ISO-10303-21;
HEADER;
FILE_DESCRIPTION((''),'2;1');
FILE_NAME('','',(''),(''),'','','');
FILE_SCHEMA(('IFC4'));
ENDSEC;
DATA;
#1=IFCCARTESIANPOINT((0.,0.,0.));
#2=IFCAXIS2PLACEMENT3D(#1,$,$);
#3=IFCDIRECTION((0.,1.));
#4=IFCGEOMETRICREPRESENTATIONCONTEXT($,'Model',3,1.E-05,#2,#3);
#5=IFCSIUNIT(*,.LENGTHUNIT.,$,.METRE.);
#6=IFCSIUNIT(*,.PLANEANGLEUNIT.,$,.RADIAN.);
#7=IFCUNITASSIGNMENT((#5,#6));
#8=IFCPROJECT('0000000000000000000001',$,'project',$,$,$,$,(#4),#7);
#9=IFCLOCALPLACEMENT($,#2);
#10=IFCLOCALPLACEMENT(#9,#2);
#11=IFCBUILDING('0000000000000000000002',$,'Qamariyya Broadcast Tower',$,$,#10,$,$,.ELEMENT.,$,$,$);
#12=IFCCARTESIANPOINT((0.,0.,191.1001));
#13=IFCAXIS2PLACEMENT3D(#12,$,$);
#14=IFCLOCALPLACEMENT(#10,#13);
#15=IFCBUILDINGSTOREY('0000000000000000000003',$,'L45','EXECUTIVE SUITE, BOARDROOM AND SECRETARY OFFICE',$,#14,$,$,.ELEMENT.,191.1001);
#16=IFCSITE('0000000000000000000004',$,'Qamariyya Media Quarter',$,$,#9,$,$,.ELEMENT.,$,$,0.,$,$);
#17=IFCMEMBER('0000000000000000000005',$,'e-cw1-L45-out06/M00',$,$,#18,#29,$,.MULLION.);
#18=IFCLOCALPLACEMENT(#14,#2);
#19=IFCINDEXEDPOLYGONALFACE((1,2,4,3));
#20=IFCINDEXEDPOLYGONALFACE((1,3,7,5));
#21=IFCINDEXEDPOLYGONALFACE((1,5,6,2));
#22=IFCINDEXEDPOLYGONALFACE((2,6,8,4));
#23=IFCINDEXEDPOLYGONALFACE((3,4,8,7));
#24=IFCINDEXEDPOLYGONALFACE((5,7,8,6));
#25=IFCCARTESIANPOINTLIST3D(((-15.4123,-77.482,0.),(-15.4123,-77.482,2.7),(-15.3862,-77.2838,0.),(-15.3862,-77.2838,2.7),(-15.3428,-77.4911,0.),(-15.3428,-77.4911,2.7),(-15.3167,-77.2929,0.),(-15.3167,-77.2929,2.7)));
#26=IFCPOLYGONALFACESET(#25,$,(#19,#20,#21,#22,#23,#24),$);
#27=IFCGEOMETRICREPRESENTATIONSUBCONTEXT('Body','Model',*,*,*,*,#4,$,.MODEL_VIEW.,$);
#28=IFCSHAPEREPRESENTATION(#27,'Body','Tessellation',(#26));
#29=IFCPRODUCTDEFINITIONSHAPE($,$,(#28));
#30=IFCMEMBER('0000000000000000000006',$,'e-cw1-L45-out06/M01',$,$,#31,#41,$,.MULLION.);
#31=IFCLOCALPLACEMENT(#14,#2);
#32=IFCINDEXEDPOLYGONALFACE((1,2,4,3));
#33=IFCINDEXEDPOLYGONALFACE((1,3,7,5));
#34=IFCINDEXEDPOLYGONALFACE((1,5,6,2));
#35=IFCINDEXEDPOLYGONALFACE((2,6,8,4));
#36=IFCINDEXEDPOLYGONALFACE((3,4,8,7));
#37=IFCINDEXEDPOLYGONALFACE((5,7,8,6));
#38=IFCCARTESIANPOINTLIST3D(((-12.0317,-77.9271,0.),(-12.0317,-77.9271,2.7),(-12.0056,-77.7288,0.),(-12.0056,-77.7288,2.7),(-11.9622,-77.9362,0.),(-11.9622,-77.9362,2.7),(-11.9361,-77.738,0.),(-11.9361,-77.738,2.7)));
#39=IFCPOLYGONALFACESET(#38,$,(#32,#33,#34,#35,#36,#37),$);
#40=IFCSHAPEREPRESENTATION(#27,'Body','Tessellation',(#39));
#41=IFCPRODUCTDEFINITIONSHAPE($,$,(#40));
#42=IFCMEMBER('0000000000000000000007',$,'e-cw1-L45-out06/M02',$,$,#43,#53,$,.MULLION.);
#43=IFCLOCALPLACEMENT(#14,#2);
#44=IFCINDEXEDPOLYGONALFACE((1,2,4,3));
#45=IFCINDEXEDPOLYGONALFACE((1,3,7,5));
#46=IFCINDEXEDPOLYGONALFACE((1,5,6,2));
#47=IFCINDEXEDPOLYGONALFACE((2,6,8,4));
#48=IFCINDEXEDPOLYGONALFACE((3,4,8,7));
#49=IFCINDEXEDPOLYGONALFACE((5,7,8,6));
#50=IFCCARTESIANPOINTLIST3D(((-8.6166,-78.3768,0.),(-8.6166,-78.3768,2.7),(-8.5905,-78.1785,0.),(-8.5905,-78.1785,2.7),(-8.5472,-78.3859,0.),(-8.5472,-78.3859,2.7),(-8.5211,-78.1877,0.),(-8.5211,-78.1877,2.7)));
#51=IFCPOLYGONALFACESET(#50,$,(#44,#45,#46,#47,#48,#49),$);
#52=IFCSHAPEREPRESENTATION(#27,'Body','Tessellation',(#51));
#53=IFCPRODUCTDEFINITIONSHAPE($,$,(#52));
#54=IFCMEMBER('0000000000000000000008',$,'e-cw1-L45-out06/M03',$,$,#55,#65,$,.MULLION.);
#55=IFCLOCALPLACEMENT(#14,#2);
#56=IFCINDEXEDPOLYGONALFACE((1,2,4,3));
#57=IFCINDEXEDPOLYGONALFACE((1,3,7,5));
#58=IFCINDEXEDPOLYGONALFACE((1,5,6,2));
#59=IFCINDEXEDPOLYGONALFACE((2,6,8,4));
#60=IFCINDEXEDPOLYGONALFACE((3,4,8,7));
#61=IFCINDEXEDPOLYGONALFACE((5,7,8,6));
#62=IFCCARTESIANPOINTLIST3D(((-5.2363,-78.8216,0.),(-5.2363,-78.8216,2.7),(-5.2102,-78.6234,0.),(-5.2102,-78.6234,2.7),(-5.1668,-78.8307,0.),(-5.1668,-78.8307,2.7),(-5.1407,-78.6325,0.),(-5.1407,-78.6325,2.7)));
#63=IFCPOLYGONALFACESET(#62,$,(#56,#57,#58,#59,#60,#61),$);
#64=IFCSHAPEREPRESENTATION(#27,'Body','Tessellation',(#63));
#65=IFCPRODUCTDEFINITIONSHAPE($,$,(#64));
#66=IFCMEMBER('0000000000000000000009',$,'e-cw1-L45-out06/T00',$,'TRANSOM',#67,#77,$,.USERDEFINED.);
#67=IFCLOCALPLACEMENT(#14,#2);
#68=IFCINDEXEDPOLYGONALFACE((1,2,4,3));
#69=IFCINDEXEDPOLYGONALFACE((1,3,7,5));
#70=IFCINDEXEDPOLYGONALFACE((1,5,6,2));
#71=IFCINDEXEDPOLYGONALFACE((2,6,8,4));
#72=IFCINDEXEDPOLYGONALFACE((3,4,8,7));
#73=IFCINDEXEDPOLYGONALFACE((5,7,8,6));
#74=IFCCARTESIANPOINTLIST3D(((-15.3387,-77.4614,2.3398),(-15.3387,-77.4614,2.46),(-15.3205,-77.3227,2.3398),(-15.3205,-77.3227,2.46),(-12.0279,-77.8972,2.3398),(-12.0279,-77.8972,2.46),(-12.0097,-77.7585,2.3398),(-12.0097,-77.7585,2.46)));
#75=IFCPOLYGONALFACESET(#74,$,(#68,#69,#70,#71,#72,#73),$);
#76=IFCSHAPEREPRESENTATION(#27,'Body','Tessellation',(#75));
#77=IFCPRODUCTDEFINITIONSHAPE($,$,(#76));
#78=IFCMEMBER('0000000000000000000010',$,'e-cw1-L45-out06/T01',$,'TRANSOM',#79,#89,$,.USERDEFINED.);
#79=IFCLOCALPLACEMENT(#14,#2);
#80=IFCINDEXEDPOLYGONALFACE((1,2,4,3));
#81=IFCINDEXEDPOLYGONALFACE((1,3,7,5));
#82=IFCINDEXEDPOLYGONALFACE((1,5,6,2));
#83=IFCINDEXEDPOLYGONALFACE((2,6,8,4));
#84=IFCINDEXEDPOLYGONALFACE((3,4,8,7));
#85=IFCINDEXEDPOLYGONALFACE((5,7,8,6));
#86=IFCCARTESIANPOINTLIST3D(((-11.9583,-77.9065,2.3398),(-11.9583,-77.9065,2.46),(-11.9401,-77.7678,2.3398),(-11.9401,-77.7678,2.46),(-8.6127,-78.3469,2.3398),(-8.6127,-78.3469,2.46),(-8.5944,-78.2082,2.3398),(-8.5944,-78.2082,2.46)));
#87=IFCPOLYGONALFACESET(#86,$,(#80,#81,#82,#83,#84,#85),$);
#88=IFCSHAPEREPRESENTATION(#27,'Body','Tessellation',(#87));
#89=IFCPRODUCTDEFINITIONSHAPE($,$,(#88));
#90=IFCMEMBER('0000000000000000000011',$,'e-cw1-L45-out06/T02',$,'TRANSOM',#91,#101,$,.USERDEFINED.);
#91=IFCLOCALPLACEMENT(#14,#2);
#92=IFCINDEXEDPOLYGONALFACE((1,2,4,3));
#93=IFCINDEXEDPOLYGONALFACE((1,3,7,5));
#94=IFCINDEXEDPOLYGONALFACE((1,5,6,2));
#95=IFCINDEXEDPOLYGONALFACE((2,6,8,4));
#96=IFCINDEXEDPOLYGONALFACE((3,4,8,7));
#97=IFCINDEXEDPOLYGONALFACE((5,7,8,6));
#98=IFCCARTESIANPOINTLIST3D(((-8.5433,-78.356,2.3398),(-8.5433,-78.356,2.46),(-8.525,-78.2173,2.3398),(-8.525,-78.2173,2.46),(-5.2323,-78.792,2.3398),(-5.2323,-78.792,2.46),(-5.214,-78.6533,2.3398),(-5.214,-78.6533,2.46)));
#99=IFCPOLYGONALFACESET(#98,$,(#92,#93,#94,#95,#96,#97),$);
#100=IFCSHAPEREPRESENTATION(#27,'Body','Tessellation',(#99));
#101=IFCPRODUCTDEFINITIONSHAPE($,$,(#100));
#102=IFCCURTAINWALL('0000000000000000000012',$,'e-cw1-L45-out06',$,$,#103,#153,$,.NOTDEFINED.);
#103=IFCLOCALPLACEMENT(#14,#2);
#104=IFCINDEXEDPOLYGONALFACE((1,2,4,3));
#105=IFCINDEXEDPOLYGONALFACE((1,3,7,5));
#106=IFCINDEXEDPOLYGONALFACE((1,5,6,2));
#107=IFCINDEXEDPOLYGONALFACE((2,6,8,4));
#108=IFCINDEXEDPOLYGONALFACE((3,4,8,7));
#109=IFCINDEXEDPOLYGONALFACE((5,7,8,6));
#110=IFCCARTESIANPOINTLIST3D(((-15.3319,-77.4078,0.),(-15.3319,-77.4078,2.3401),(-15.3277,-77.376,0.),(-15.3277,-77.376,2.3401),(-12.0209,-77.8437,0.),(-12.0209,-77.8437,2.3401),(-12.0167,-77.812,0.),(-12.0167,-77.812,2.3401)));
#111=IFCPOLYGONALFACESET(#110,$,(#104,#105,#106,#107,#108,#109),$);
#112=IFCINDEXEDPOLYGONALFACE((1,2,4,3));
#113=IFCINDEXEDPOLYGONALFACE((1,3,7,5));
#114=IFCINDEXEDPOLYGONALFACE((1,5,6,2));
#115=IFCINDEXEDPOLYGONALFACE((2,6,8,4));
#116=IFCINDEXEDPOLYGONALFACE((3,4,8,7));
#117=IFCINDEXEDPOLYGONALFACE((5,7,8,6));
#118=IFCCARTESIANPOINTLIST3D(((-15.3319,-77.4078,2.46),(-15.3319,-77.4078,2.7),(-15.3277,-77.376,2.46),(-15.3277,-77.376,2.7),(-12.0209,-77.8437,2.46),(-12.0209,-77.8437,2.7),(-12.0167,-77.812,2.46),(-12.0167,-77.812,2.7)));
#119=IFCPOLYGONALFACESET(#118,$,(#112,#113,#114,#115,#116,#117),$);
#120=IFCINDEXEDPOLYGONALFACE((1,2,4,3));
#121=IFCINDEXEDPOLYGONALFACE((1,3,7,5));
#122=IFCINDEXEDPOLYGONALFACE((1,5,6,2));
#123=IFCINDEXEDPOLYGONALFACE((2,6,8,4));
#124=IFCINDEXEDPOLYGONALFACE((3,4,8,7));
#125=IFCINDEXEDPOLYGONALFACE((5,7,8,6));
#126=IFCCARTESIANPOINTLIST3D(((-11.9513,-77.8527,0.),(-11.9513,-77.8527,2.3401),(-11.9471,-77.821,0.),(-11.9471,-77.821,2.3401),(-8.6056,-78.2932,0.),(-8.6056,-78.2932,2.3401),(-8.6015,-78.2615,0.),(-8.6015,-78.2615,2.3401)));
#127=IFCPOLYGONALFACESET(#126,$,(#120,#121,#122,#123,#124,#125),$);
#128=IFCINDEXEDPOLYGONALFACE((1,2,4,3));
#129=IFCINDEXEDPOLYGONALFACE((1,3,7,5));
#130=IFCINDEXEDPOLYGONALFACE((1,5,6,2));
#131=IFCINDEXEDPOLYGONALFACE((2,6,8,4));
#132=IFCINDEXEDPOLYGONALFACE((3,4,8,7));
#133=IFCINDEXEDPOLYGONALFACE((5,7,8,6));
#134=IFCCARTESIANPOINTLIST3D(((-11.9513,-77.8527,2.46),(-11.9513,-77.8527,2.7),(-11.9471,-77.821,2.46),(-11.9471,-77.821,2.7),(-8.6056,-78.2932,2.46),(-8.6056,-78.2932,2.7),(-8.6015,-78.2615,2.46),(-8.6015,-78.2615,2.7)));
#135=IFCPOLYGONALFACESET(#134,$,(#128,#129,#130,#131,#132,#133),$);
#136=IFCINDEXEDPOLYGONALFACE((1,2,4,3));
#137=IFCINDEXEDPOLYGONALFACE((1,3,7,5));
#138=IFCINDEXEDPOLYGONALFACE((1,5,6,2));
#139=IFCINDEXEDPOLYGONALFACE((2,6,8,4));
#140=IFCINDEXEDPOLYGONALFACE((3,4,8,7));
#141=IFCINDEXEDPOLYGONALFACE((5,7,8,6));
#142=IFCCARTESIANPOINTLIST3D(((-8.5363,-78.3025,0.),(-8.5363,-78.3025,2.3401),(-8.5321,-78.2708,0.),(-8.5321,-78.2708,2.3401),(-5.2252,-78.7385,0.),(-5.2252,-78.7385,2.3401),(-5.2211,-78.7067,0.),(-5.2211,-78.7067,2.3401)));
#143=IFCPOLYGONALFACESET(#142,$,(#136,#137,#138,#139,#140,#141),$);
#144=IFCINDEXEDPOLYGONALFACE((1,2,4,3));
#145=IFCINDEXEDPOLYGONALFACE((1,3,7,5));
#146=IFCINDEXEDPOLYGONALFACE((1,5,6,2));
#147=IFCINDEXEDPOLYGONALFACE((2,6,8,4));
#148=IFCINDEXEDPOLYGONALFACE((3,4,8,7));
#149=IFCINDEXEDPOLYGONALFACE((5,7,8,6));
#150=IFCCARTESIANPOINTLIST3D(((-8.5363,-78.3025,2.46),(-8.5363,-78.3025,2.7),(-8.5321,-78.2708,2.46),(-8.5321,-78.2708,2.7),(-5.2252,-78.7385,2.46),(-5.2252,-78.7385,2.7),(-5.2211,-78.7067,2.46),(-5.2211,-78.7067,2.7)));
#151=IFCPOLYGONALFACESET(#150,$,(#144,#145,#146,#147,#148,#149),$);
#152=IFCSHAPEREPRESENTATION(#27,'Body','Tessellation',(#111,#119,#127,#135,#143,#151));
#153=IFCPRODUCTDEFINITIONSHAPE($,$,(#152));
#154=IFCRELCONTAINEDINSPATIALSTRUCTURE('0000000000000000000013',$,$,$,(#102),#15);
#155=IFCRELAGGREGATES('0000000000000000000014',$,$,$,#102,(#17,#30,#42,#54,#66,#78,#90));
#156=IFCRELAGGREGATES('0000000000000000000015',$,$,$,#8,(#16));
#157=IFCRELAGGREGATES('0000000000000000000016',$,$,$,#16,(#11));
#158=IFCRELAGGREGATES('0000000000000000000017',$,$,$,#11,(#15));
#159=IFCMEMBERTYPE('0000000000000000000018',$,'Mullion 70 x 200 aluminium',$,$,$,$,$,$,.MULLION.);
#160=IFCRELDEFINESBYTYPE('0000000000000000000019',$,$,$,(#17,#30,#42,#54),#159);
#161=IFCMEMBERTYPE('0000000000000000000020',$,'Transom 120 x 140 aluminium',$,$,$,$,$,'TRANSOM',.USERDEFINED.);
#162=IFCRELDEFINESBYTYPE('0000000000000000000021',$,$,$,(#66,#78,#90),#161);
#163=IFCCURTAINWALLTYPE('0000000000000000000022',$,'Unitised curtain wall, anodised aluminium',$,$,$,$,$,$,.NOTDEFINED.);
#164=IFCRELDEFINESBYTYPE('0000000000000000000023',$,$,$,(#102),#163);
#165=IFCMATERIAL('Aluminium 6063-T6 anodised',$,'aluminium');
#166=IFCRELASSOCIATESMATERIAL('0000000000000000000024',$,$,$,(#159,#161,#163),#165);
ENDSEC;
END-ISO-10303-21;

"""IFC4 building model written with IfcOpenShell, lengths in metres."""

from ifc_helpers import new_model, si_unit, direction, frame, origin, origin_2d, place, context, subcontext, project, spatial, rectangle, extrude, material, material_profile, profile_set, type_object, element, aggregate, save


model = new_model("IFC4")

# Units and contexts
model_context = context("Model", 3, precision=1e-05, world=origin(), true_north=direction((0.0, 1.0)))
body_context = subcontext(model_context, "Body", "Model", "MODEL_VIEW")
ifc_project = project(units=[si_unit("LENGTHUNIT", "METRE"), si_unit("PLANEANGLEUNIT", "RADIAN")], contexts=[model_context])

# Members
ifc_material = material(Name="Aluminium 6063-T6 anodised", Category="aluminium")
ifc_material_profile_1 = material_profile(ifc_material, rectangle(XDim=0.2, YDim=0.0701, at=origin_2d()))
ifc_profile_set_1 = profile_set([ifc_material_profile_1], Name="Aluminium 6063-T6 anodised")
member_type_1 = type_object("IfcMemberType", Name="Mullion 70 x 200 aluminium", PredefinedType="MULLION", material=ifc_profile_set_1)
site_placement = place(None, origin())
building_placement = place(site_placement, origin())
storey_placement = place(building_placement, frame((0.0, 0.0, 191.1001)))
member_1_placement = place(storey_placement, frame((-15.3645, -77.3875, 0.0), z_axis=(0.0, 0.0, 1.0), x_axis=(0.130526, 0.991445, 0.0)))
member_1 = element("IfcMember", 1, at=member_1_placement, type_object=member_type_1, Name="e-cw1-L45-out06/M00", PredefinedType="MULLION", context=body_context, shape_type="SweptSolid", body=[
    extrude(rectangle(XDim=0.2, YDim=0.0701, at=origin_2d()), origin(), (0.0, 0.0, 1.0), 2.7),
])
member_2_placement = place(storey_placement, frame((-11.9839, -77.8325, 0.0), z_axis=(0.0, 0.0, 1.0), x_axis=(0.130526, 0.991445, 0.0)))
member_2 = element("IfcMember", 2, at=member_2_placement, type_object=member_type_1, Name="e-cw1-L45-out06/M01", PredefinedType="MULLION", context=body_context, shape_type="SweptSolid", body=[
    extrude(rectangle(XDim=0.2, YDim=0.0701, at=origin_2d()), origin(), (0.0, 0.0, 1.0), 2.7),
])
member_3_placement = place(storey_placement, frame((-8.5688, -78.2822, 0.0), z_axis=(0.0, 0.0, 1.0), x_axis=(0.130526, 0.991445, 0.0)))
member_3 = element("IfcMember", 3, at=member_3_placement, type_object=member_type_1, Name="e-cw1-L45-out06/M02", PredefinedType="MULLION", context=body_context, shape_type="SweptSolid", body=[
    extrude(rectangle(XDim=0.2, YDim=0.0701, at=origin_2d()), origin(), (0.0, 0.0, 1.0), 2.7),
])
member_4_placement = place(storey_placement, frame((-5.1885, -78.7271, 0.0), z_axis=(0.0, 0.0, 1.0), x_axis=(0.130526, 0.991445, 0.0)))
member_4 = element("IfcMember", 4, at=member_4_placement, type_object=member_type_1, Name="e-cw1-L45-out06/M03", PredefinedType="MULLION", context=body_context, shape_type="SweptSolid", body=[
    extrude(rectangle(XDim=0.2, YDim=0.0701, at=origin_2d()), origin(), (0.0, 0.0, 1.0), 2.7),
])
ifc_material_profile_2 = material_profile(ifc_material, rectangle(XDim=0.1399, YDim=0.1201, at=origin_2d()))
ifc_profile_set_2 = profile_set([ifc_material_profile_2], Name="Aluminium 6063-T6 anodised")
member_type_2 = type_object("IfcMemberType", Name="Transom 120 x 140 aluminium", ElementType="TRANSOM", PredefinedType="USERDEFINED", material=ifc_profile_set_2)
member_5_placement = place(storey_placement, frame((-15.3296, -77.3921, 2.3999), z_axis=(0.991448, -0.130502, 0.0), x_axis=(0.130502, 0.991448, 0.0)))
member_5 = element("IfcMember", 5, at=member_5_placement, type_object=member_type_2, Name="e-cw1-L45-out06/T00", ObjectType="TRANSOM", PredefinedType="USERDEFINED", context=body_context, shape_type="SweptSolid", body=[
    extrude(rectangle(XDim=0.1399, YDim=0.1201, at=origin_2d()), origin(), (0.0, 0.0, 1.0), 3.3394),
])
member_6_placement = place(storey_placement, frame((-11.9492, -77.8372, 2.3999), z_axis=(0.991446, -0.130514, 0.0), x_axis=(0.130514, 0.991446, 0.0)))
member_6 = element("IfcMember", 6, at=member_6_placement, type_object=member_type_2, Name="e-cw1-L45-out06/T01", ObjectType="TRANSOM", PredefinedType="USERDEFINED", context=body_context, shape_type="SweptSolid", body=[
    extrude(rectangle(XDim=0.1399, YDim=0.1201, at=origin_2d()), origin(), (0.0, 0.0, 1.0), 3.3745),
])
member_7_placement = place(storey_placement, frame((-8.5342, -78.2866, 2.3999), z_axis=(0.99144, -0.130564, 0.0), x_axis=(0.130564, 0.99144, 0.0)))
member_7 = element("IfcMember", 7, at=member_7_placement, type_object=member_type_2, Name="e-cw1-L45-out06/T02", ObjectType="TRANSOM", PredefinedType="USERDEFINED", context=body_context, shape_type="SweptSolid", body=[
    extrude(rectangle(XDim=0.1399, YDim=0.1201, at=origin_2d()), origin(), (0.0, 0.0, 1.0), 3.3396),
])

# Site, building, storey
site = spatial("IfcSite", under=ifc_project, at=site_placement, Name="Qamariyya Media Quarter", CompositionType="ELEMENT", RefElevation=0.0)
building = spatial("IfcBuilding", under=site, at=building_placement, Name="Qamariyya Broadcast Tower", CompositionType="ELEMENT")
storey = spatial("IfcBuildingStorey", under=building, at=storey_placement, Name="L45", Description="EXECUTIVE SUITE, BOARDROOM AND SECRETARY OFFICE", CompositionType="ELEMENT", Elevation=191.1001)

# Curtain wall
curtain_wall_type = type_object("IfcCurtainWallType", Name="Unitised curtain wall, anodised aluminium", PredefinedType="NOTDEFINED", material=ifc_material)
curtain_wall_1_placement = place(storey_placement, origin())
curtain_wall_1 = element("IfcCurtainWall", 8, at=curtain_wall_1_placement, inside=storey, type_object=curtain_wall_type, Name="e-cw1-L45-out06", PredefinedType="NOTDEFINED", context=body_context, shape_type="SweptSolid", body=[
    extrude(rectangle(XDim=3.3396, YDim=0.032, at=origin_2d()), frame((-13.6743, -77.6099, 0.0), x_axis=(0.991444, -0.130531, 0.0)), (0.0, 0.0, 1.0), 2.3401),
    extrude(rectangle(XDim=3.3396, YDim=0.032, at=origin_2d()), frame((-13.6743, -77.6099, 2.46), x_axis=(0.991444, -0.130531, 0.0)), (0.0, 0.0, 1.0), 0.24),
    extrude(rectangle(XDim=3.3745, YDim=0.032, at=origin_2d()), frame((-10.2764, -78.0571, 0.0), x_axis=(0.991444, -0.130531, 0.0)), (0.0, 0.0, 1.0), 2.3401),
    extrude(rectangle(XDim=3.3745, YDim=0.032, at=origin_2d()), frame((-10.2764, -78.0571, 2.46), x_axis=(0.991444, -0.130531, 0.0)), (0.0, 0.0, 1.0), 0.24),
    extrude(rectangle(XDim=3.3396, YDim=0.032, at=origin_2d()), frame((-6.8787, -78.5046, 0.0), x_axis=(0.991444, -0.130531, 0.0)), (0.0, 0.0, 1.0), 2.3401),
    extrude(rectangle(XDim=3.3396, YDim=0.032, at=origin_2d()), frame((-6.8787, -78.5046, 2.46), x_axis=(0.991444, -0.130531, 0.0)), (0.0, 0.0, 1.0), 0.24),
])
aggregate(curtain_wall_1, [member_1, member_2, member_3, member_4, member_5, member_6, member_7])

save(model, "model.ifc")
